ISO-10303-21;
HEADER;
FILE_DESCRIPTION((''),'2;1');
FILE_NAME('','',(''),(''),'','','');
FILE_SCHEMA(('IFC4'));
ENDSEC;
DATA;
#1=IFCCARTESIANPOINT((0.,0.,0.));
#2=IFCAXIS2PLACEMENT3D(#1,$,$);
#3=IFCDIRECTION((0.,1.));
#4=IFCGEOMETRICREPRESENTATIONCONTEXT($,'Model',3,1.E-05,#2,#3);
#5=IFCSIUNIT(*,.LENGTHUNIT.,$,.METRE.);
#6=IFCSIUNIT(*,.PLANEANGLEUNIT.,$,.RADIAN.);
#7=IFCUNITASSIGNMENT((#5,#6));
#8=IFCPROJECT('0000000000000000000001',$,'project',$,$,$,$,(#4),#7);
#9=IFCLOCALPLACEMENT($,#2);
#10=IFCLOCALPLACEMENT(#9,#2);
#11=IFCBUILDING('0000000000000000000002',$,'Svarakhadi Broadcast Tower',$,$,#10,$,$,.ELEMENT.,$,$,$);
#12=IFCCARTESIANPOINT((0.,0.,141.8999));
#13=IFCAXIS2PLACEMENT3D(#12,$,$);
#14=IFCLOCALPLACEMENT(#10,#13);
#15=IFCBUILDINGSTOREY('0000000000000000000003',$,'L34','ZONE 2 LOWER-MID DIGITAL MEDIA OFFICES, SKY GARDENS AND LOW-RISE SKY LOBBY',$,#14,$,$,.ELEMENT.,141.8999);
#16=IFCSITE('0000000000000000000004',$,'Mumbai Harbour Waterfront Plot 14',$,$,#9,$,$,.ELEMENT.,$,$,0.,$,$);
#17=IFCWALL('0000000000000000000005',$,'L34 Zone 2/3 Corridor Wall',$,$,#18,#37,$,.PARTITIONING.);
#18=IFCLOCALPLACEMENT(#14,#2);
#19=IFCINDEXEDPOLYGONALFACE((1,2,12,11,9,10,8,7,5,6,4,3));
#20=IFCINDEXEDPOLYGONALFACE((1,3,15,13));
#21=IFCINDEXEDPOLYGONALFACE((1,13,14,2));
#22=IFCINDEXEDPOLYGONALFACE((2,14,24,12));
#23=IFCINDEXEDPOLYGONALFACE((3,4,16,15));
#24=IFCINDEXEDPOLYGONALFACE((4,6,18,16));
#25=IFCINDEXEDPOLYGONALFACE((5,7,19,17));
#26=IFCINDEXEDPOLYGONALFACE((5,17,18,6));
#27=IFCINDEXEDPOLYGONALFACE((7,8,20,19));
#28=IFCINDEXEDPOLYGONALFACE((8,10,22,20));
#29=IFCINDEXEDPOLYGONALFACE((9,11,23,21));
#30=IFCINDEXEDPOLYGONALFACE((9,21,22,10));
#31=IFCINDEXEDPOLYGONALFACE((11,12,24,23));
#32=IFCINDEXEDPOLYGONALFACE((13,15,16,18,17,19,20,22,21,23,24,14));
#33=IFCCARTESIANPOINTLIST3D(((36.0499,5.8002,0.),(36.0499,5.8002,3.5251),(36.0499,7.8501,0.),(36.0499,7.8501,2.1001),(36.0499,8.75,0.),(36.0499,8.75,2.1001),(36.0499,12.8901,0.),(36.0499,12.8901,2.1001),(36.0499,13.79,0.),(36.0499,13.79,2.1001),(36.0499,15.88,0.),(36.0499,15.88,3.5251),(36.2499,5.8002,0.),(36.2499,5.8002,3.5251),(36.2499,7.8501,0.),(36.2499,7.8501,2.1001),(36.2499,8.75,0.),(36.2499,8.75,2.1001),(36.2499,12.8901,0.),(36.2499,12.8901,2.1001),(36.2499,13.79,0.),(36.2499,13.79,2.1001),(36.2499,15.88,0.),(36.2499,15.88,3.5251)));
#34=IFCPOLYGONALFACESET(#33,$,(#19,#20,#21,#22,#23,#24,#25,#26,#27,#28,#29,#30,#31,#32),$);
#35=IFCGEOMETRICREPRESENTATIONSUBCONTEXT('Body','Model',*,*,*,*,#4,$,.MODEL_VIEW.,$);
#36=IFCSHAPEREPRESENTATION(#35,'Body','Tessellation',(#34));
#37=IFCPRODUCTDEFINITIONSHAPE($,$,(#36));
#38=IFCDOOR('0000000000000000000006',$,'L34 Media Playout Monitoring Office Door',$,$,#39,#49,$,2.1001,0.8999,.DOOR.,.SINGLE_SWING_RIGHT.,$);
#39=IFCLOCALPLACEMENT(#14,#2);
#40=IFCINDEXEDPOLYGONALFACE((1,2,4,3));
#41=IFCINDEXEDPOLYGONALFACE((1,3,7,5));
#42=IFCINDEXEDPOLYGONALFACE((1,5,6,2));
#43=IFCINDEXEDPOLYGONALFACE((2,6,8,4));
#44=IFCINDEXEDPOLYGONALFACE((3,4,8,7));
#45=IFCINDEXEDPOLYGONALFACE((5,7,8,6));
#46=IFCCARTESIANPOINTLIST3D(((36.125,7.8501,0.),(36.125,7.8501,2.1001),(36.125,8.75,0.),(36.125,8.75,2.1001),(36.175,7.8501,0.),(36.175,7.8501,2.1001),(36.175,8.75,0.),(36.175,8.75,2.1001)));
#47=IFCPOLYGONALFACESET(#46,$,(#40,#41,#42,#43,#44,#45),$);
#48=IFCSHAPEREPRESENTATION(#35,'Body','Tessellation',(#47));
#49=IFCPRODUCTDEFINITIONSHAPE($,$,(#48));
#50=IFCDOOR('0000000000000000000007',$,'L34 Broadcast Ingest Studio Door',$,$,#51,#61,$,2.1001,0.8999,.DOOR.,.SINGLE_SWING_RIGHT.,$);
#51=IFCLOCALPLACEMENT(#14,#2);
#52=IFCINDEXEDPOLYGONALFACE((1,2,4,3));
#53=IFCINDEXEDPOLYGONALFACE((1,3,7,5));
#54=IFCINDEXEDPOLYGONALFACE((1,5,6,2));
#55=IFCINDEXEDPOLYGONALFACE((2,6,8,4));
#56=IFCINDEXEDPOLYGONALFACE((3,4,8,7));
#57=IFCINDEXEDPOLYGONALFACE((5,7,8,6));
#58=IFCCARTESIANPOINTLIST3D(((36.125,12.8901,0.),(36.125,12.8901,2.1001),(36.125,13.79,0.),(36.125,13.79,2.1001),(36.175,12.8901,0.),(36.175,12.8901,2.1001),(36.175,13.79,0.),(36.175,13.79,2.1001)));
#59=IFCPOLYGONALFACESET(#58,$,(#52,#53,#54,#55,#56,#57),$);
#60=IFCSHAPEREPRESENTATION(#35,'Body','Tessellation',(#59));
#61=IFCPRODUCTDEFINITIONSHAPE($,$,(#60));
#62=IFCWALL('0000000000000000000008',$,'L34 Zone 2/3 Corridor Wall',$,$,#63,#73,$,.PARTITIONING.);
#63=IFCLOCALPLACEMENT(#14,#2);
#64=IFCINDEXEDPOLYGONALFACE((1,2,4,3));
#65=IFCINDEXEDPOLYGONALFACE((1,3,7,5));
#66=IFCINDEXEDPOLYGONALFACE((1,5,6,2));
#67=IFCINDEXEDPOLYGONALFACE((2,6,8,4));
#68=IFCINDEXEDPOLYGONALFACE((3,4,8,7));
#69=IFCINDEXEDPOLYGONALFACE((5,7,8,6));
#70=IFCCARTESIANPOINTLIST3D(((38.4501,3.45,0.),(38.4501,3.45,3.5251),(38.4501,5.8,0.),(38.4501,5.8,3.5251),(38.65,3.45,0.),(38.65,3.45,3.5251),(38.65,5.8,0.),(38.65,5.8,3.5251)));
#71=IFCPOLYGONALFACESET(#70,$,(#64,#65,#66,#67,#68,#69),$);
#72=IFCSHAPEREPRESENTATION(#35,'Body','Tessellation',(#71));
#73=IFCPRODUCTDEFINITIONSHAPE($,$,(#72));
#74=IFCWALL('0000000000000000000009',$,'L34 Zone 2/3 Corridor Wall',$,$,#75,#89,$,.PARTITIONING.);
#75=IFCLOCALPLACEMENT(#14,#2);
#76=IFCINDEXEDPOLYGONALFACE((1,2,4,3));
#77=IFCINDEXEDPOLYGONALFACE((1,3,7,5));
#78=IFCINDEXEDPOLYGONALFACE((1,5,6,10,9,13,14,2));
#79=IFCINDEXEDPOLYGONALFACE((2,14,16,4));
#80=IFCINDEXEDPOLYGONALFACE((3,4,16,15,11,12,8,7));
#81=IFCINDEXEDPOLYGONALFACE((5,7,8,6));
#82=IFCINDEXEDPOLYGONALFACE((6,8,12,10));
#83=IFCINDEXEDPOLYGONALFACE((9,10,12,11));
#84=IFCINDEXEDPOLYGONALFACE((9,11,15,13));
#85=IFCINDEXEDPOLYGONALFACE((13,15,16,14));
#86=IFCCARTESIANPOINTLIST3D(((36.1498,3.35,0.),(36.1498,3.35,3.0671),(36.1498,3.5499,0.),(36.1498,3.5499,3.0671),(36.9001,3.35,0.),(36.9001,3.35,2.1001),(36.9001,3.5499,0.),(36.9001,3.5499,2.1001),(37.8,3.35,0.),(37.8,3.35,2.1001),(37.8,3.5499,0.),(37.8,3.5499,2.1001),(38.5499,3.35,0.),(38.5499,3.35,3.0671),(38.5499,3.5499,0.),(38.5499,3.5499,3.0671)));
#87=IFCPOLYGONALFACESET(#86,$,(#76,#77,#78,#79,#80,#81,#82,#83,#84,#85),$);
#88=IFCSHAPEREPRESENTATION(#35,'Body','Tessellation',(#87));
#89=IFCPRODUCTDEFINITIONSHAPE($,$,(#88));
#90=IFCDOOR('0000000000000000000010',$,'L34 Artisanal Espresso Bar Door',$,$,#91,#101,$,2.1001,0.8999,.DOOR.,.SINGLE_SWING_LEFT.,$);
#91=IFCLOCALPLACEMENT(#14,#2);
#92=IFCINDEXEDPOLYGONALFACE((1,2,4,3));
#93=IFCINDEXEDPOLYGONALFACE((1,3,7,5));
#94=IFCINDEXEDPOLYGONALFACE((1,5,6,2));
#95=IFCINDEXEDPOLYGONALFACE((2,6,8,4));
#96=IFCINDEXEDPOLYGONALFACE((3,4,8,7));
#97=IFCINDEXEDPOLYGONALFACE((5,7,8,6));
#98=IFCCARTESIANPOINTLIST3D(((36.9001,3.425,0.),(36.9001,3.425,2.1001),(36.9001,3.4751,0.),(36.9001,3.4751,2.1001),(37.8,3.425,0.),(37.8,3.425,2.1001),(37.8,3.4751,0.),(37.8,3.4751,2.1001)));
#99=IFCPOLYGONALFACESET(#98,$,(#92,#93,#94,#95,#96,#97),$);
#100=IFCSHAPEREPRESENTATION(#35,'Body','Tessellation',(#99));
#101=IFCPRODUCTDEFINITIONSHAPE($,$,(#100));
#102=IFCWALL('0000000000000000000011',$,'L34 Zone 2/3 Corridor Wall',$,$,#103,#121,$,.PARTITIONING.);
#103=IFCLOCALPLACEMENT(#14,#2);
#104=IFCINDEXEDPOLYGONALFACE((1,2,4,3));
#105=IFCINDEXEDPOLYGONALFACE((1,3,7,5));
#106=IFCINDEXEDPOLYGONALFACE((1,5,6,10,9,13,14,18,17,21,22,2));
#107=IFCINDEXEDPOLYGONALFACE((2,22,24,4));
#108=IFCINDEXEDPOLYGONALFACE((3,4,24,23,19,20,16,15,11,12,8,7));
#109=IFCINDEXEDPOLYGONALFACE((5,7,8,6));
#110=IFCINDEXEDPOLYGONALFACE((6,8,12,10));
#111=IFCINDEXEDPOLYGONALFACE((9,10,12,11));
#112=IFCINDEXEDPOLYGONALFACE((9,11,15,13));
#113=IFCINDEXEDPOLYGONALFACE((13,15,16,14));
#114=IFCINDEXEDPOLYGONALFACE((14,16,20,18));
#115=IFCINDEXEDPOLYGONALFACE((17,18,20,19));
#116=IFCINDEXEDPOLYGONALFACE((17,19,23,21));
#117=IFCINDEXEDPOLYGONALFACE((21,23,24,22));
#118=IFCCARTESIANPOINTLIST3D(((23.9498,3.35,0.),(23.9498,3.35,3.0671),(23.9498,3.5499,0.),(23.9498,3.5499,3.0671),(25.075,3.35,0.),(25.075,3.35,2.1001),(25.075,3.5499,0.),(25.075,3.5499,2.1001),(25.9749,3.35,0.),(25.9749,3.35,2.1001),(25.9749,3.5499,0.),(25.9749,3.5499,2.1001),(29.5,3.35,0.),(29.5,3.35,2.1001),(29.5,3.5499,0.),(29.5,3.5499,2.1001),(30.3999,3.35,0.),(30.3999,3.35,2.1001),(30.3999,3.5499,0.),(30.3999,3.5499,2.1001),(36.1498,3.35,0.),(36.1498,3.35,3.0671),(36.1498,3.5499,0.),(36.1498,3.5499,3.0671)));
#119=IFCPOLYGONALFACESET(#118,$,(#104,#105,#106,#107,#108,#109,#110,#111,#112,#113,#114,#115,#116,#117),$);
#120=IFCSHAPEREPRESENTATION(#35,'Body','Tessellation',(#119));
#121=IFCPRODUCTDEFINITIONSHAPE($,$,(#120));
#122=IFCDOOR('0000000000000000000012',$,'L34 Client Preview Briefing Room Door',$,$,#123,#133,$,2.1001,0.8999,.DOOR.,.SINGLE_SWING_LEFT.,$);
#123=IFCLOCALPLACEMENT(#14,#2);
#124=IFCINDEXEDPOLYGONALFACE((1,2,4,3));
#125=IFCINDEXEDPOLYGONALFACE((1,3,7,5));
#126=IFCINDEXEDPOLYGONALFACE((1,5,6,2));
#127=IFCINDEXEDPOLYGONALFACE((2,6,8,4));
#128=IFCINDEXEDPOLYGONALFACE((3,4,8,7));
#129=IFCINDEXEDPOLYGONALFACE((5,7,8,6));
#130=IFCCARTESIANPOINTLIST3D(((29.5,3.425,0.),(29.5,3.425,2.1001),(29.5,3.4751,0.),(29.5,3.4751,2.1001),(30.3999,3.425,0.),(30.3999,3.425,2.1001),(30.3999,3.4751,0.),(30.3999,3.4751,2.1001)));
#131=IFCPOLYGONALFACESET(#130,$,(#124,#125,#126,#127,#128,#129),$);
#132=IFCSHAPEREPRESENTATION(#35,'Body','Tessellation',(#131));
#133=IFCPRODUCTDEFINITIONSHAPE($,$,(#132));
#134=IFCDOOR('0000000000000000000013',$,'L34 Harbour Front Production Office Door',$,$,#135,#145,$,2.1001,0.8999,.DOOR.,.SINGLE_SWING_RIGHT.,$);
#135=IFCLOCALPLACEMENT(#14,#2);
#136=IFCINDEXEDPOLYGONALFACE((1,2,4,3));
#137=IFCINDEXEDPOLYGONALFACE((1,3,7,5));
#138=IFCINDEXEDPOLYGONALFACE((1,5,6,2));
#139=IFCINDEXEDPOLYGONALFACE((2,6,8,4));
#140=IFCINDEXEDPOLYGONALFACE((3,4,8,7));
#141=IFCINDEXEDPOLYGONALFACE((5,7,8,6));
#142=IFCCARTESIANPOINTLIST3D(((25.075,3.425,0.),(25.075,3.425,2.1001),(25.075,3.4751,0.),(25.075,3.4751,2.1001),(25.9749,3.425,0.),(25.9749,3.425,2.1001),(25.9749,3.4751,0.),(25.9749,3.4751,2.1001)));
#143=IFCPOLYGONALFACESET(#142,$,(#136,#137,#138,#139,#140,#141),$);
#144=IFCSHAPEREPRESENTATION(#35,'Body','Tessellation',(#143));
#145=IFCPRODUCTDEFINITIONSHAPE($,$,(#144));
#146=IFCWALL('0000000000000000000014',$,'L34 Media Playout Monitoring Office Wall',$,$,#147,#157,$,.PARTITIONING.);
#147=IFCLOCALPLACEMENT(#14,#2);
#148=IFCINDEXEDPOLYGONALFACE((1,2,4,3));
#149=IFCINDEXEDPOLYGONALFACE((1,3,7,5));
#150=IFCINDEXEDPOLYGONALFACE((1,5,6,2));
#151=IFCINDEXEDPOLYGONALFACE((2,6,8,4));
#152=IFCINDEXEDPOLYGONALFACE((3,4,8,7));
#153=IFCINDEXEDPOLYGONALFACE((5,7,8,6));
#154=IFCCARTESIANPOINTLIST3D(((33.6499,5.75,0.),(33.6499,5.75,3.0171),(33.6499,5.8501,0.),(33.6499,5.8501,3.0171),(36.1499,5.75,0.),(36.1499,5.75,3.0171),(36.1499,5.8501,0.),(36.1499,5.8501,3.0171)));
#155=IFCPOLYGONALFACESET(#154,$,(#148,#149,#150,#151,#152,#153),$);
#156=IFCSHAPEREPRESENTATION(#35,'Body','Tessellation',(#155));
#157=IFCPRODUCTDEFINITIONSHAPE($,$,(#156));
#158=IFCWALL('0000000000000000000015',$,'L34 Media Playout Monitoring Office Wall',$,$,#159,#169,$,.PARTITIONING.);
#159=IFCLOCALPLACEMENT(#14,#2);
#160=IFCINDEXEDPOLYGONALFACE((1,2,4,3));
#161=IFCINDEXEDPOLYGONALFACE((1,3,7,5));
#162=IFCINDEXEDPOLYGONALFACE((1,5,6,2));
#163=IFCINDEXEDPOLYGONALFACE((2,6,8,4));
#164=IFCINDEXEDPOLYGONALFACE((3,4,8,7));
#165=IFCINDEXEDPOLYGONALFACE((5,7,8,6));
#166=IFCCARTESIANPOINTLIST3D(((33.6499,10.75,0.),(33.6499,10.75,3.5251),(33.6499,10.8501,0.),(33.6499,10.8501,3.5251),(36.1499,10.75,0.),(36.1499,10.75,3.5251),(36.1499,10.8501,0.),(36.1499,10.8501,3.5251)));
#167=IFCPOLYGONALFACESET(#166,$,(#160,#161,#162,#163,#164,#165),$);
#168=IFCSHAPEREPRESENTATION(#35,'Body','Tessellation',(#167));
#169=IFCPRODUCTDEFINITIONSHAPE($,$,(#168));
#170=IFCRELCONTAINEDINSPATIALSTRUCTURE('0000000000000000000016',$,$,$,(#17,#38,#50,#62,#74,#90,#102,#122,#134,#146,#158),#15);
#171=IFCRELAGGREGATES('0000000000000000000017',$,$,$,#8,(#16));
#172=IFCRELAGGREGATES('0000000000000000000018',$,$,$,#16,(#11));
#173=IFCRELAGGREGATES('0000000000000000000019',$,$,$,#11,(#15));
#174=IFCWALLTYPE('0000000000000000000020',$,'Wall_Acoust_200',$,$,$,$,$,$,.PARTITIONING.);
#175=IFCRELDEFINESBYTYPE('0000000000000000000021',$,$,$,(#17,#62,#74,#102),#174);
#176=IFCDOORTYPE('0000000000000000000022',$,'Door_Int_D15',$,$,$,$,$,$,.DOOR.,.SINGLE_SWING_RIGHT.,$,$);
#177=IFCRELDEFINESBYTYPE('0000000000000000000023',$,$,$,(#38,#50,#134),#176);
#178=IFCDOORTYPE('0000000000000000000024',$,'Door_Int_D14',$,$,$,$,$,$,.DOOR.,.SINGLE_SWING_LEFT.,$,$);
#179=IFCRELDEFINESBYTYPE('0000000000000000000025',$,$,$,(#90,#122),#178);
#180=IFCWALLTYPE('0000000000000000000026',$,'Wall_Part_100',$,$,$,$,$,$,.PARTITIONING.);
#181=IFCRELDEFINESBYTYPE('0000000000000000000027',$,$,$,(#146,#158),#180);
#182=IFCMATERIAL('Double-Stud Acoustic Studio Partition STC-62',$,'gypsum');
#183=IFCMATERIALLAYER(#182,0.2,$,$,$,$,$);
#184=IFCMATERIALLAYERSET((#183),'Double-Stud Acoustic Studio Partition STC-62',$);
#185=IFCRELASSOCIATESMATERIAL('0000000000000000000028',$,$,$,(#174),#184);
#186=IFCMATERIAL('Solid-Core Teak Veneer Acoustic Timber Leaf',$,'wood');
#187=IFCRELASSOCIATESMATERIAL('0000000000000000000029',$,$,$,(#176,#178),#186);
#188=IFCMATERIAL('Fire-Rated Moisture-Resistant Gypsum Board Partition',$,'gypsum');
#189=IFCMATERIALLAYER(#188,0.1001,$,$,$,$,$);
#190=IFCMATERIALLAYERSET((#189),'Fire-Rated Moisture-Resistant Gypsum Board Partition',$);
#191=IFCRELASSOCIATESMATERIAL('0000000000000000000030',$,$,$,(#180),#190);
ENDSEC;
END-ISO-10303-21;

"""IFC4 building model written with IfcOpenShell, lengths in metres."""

from ifc_helpers import new_model, si_unit, direction, frame, frame_2d, origin, place, context, subcontext, project, spatial, rectangle, extrude, material, layer, layer_set, type_object, element, fill, save


model = new_model("IFC4")

# Units and contexts
model_context = context("Model", 3, precision=1e-05, world=origin(), true_north=direction((0.0, 1.0)))
body_context = subcontext(model_context, "Body", "Model", "MODEL_VIEW")
ifc_project = project(units=[si_unit("LENGTHUNIT", "METRE"), si_unit("PLANEANGLEUNIT", "RADIAN")], contexts=[model_context])

# Site, building, storey
site_placement = place(None, origin())
site = spatial("IfcSite", under=ifc_project, at=site_placement, Name="Mumbai Harbour Waterfront Plot 14", CompositionType="ELEMENT", RefElevation=0.0)
building_placement = place(site_placement, origin())
building = spatial("IfcBuilding", under=site, at=building_placement, Name="Svarakhadi Broadcast Tower", CompositionType="ELEMENT")
storey_placement = place(building_placement, frame((0.0, 0.0, 141.8999)))
storey = spatial("IfcBuildingStorey", under=building, at=storey_placement, Name="L34", Description="ZONE 2 LOWER-MID DIGITAL MEDIA OFFICES, SKY GARDENS AND LOW-RISE SKY LOBBY", CompositionType="ELEMENT", Elevation=141.8999)

# Wall, openings, doors
ifc_material_1 = material(Name="Double-Stud Acoustic Studio Partition STC-62", Category="gypsum")
ifc_layer_1 = layer(ifc_material_1, 0.2)
ifc_layer_set_1 = layer_set([ifc_layer_1], Name="Double-Stud Acoustic Studio Partition STC-62")
wall_type_1 = type_object("IfcWallType", Name="Wall_Acoust_200", PredefinedType="PARTITIONING", material=ifc_layer_set_1)
wall_1_placement = place(storey_placement, frame((36.1499, 5.8, 0.0), z_axis=(0.0, 0.0, 1.0), x_axis=(0.0, 1.0, 0.0)))
wall_1 = element("IfcWall", 1, at=wall_1_placement, inside=storey, type_object=wall_type_1, Name="L34 Zone 2/3 Corridor Wall", PredefinedType="PARTITIONING", context=body_context, shape_type="SweptSolid", body=[
    extrude(rectangle(XDim=10.0798, YDim=0.2, at=frame_2d((5.04, 0.0))), origin(), (0.0, 0.0, 1.0), 3.5251),
])
opening_1_placement = place(wall_1_placement, frame((2.05, 0.0, 0.0)))
opening_1 = element("IfcOpeningElement", 2, at=opening_1_placement, cuts=wall_1, PredefinedType="OPENING", context=body_context, shape_type="SweptSolid", body=[
    extrude(rectangle(XDim=0.8999, YDim=2.1001, at=frame_2d((0.45, 1.05))), frame((0.0, 0.1099, 0.0), z_axis=(0.0, -1.0, 0.0), x_axis=(1.0, 0.0, 0.0)), (0.0, 0.0, 1.0), 0.22),
])
opening_2_placement = place(wall_1_placement, frame((7.0901, 0.0, 0.0)))
opening_2 = element("IfcOpeningElement", 3, at=opening_2_placement, cuts=wall_1, PredefinedType="OPENING", context=body_context, shape_type="SweptSolid", body=[
    extrude(rectangle(XDim=0.8999, YDim=2.1001, at=frame_2d((0.45, 1.05))), frame((0.0, 0.1099, 0.0), z_axis=(0.0, -1.0, 0.0), x_axis=(1.0, 0.0, 0.0)), (0.0, 0.0, 1.0), 0.22),
])
ifc_material_2 = material(Name="Solid-Core Teak Veneer Acoustic Timber Leaf", Category="wood")
door_type_1 = type_object("IfcDoorType", Name="Door_Int_D15", OperationType="SINGLE_SWING_RIGHT", PredefinedType="DOOR", material=ifc_material_2)
door_1_placement = place(opening_1_placement, origin())
door_1 = element("IfcDoor", 4, at=door_1_placement, inside=storey, type_object=door_type_1, Name="L34 Media Playout Monitoring Office Door", OperationType="SINGLE_SWING_RIGHT", OverallHeight=2.1001, OverallWidth=0.8999, PredefinedType="DOOR", context=body_context, shape_type="SweptSolid", body=[
    extrude(rectangle(XDim=0.8999, YDim=2.1001, at=frame_2d((0.45, 1.05))), frame((0.0, 0.0249, 0.0), z_axis=(0.0, -1.0, 0.0), x_axis=(1.0, 0.0, 0.0)), (0.0, 0.0, 1.0), 0.05),
])
fill(opening_1, door_1)
door_2_placement = place(opening_2_placement, origin())
door_2 = element("IfcDoor", 5, at=door_2_placement, inside=storey, type_object=door_type_1, Name="L34 Broadcast Ingest Studio Door", OperationType="SINGLE_SWING_RIGHT", OverallHeight=2.1001, OverallWidth=0.8999, PredefinedType="DOOR", context=body_context, shape_type="SweptSolid", body=[
    extrude(rectangle(XDim=0.8999, YDim=2.1001, at=frame_2d((0.45, 1.05))), frame((0.0, 0.0249, 0.0), z_axis=(0.0, -1.0, 0.0), x_axis=(1.0, 0.0, 0.0)), (0.0, 0.0, 1.0), 0.05),
])
fill(opening_2, door_2)

# Wall
wall_2_placement = place(storey_placement, frame((38.55, 5.8, 0.0), z_axis=(0.0, 0.0, 1.0), x_axis=(0.0, -1.0, 0.0)))
element("IfcWall", 6, at=wall_2_placement, inside=storey, type_object=wall_type_1, Name="L34 Zone 2/3 Corridor Wall", PredefinedType="PARTITIONING", context=body_context, shape_type="SweptSolid", body=[
    extrude(rectangle(XDim=2.3501, YDim=0.2, at=frame_2d((1.175, 0.0))), origin(), (0.0, 0.0, 1.0), 3.5251),
])

# Wall, opening, door
wall_3_placement = place(storey_placement, frame((38.55, 3.45, 0.0), z_axis=(0.0, 0.0, 1.0), x_axis=(-1.0, 0.0, 0.0)))
wall_3 = element("IfcWall", 7, at=wall_3_placement, inside=storey, type_object=wall_type_1, Name="L34 Zone 2/3 Corridor Wall", PredefinedType="PARTITIONING", context=body_context, shape_type="SweptSolid", body=[
    extrude(rectangle(XDim=2.4001, YDim=0.2, at=frame_2d((1.2002, 0.0))), origin(), (0.0, 0.0, 1.0), 3.0671),
])
opening_3_placement = place(wall_3_placement, frame((0.75, 0.0, 0.0)))
opening_3 = element("IfcOpeningElement", 8, at=opening_3_placement, cuts=wall_3, PredefinedType="OPENING", context=body_context, shape_type="SweptSolid", body=[
    extrude(rectangle(XDim=0.8999, YDim=2.1001, at=frame_2d((0.45, 1.05))), frame((0.0, 0.1099, 0.0), z_axis=(0.0, -1.0, 0.0), x_axis=(1.0, 0.0, 0.0)), (0.0, 0.0, 1.0), 0.22),
])
door_type_2 = type_object("IfcDoorType", Name="Door_Int_D14", OperationType="SINGLE_SWING_LEFT", PredefinedType="DOOR", material=ifc_material_2)
door_3_placement = place(opening_3_placement, origin())
door_3 = element("IfcDoor", 9, at=door_3_placement, inside=storey, type_object=door_type_2, Name="L34 Artisanal Espresso Bar Door", OperationType="SINGLE_SWING_LEFT", OverallHeight=2.1001, OverallWidth=0.8999, PredefinedType="DOOR", context=body_context, shape_type="SweptSolid", body=[
    extrude(rectangle(XDim=0.8999, YDim=2.1001, at=frame_2d((0.45, 1.05))), frame((0.0, 0.0249, 0.0), z_axis=(0.0, -1.0, 0.0), x_axis=(1.0, 0.0, 0.0)), (0.0, 0.0, 1.0), 0.05),
])
fill(opening_3, door_3)

# Wall, openings, doors
wall_4_placement = place(storey_placement, frame((36.1499, 3.45, 0.0), z_axis=(0.0, 0.0, 1.0), x_axis=(-1.0, 0.0, 0.0)))
wall_4 = element("IfcWall", 10, at=wall_4_placement, inside=storey, type_object=wall_type_1, Name="L34 Zone 2/3 Corridor Wall", PredefinedType="PARTITIONING", context=body_context, shape_type="SweptSolid", body=[
    extrude(rectangle(XDim=12.2, YDim=0.2, at=frame_2d((6.1001, 0.0))), origin(), (0.0, 0.0, 1.0), 3.0671),
])
opening_4_placement = place(wall_4_placement, frame((10.175, 0.0, 0.0)))
opening_4 = element("IfcOpeningElement", 11, at=opening_4_placement, cuts=wall_4, PredefinedType="OPENING", context=body_context, shape_type="SweptSolid", body=[
    extrude(rectangle(XDim=0.8999, YDim=2.1001, at=frame_2d((0.45, 1.05))), frame((0.0, 0.1099, 0.0), z_axis=(0.0, -1.0, 0.0), x_axis=(1.0, 0.0, 0.0)), (0.0, 0.0, 1.0), 0.22),
])
opening_5_placement = place(wall_4_placement, frame((5.75, 0.0, 0.0)))
opening_5 = element("IfcOpeningElement", 12, at=opening_5_placement, cuts=wall_4, PredefinedType="OPENING", context=body_context, shape_type="SweptSolid", body=[
    extrude(rectangle(XDim=0.8999, YDim=2.1001, at=frame_2d((0.45, 1.05))), frame((0.0, 0.1099, 0.0), z_axis=(0.0, -1.0, 0.0), x_axis=(1.0, 0.0, 0.0)), (0.0, 0.0, 1.0), 0.22),
])
door_4_placement = place(opening_5_placement, origin())
door_4 = element("IfcDoor", 13, at=door_4_placement, inside=storey, type_object=door_type_2, Name="L34 Client Preview Briefing Room Door", OperationType="SINGLE_SWING_LEFT", OverallHeight=2.1001, OverallWidth=0.8999, PredefinedType="DOOR", context=body_context, shape_type="SweptSolid", body=[
    extrude(rectangle(XDim=0.8999, YDim=2.1001, at=frame_2d((0.45, 1.05))), frame((0.0, 0.0249, 0.0), z_axis=(0.0, -1.0, 0.0), x_axis=(1.0, 0.0, 0.0)), (0.0, 0.0, 1.0), 0.05),
])
fill(opening_5, door_4)
door_5_placement = place(opening_4_placement, origin())
door_5 = element("IfcDoor", 14, at=door_5_placement, inside=storey, type_object=door_type_1, Name="L34 Harbour Front Production Office Door", OperationType="SINGLE_SWING_RIGHT", OverallHeight=2.1001, OverallWidth=0.8999, PredefinedType="DOOR", context=body_context, shape_type="SweptSolid", body=[
    extrude(rectangle(XDim=0.8999, YDim=2.1001, at=frame_2d((0.45, 1.05))), frame((0.0, 0.0249, 0.0), z_axis=(0.0, -1.0, 0.0), x_axis=(1.0, 0.0, 0.0)), (0.0, 0.0, 1.0), 0.05),
])
fill(opening_4, door_5)

# Walls
ifc_material_3 = material(Name="Fire-Rated Moisture-Resistant Gypsum Board Partition", Category="gypsum")
ifc_layer_2 = layer(ifc_material_3, 0.1001)
ifc_layer_set_2 = layer_set([ifc_layer_2], Name="Fire-Rated Moisture-Resistant Gypsum Board Partition")
wall_type_2 = type_object("IfcWallType", Name="Wall_Part_100", PredefinedType="PARTITIONING", material=ifc_layer_set_2)
wall_5_placement = place(storey_placement, frame((33.6499, 5.8, 0.0), z_axis=(0.0, 0.0, 1.0), x_axis=(1.0, 0.0, 0.0)))
element("IfcWall", 15, at=wall_5_placement, inside=storey, type_object=wall_type_2, Name="L34 Media Playout Monitoring Office Wall", PredefinedType="PARTITIONING", context=body_context, shape_type="SweptSolid", body=[
    extrude(rectangle(XDim=2.5, YDim=0.1001, at=frame_2d((1.25, 0.0))), origin(), (0.0, 0.0, 1.0), 3.0171),
])
wall_6_placement = place(storey_placement, frame((33.6499, 10.8, 0.0), z_axis=(0.0, 0.0, 1.0), x_axis=(1.0, 0.0, 0.0)))
element("IfcWall", 16, at=wall_6_placement, inside=storey, type_object=wall_type_2, Name="L34 Media Playout Monitoring Office Wall", PredefinedType="PARTITIONING", context=body_context, shape_type="SweptSolid", body=[
    extrude(rectangle(XDim=2.5, YDim=0.1001, at=frame_2d((1.25, 0.0))), origin(), (0.0, 0.0, 1.0), 3.5251),
])

save(model, "model.ifc")
